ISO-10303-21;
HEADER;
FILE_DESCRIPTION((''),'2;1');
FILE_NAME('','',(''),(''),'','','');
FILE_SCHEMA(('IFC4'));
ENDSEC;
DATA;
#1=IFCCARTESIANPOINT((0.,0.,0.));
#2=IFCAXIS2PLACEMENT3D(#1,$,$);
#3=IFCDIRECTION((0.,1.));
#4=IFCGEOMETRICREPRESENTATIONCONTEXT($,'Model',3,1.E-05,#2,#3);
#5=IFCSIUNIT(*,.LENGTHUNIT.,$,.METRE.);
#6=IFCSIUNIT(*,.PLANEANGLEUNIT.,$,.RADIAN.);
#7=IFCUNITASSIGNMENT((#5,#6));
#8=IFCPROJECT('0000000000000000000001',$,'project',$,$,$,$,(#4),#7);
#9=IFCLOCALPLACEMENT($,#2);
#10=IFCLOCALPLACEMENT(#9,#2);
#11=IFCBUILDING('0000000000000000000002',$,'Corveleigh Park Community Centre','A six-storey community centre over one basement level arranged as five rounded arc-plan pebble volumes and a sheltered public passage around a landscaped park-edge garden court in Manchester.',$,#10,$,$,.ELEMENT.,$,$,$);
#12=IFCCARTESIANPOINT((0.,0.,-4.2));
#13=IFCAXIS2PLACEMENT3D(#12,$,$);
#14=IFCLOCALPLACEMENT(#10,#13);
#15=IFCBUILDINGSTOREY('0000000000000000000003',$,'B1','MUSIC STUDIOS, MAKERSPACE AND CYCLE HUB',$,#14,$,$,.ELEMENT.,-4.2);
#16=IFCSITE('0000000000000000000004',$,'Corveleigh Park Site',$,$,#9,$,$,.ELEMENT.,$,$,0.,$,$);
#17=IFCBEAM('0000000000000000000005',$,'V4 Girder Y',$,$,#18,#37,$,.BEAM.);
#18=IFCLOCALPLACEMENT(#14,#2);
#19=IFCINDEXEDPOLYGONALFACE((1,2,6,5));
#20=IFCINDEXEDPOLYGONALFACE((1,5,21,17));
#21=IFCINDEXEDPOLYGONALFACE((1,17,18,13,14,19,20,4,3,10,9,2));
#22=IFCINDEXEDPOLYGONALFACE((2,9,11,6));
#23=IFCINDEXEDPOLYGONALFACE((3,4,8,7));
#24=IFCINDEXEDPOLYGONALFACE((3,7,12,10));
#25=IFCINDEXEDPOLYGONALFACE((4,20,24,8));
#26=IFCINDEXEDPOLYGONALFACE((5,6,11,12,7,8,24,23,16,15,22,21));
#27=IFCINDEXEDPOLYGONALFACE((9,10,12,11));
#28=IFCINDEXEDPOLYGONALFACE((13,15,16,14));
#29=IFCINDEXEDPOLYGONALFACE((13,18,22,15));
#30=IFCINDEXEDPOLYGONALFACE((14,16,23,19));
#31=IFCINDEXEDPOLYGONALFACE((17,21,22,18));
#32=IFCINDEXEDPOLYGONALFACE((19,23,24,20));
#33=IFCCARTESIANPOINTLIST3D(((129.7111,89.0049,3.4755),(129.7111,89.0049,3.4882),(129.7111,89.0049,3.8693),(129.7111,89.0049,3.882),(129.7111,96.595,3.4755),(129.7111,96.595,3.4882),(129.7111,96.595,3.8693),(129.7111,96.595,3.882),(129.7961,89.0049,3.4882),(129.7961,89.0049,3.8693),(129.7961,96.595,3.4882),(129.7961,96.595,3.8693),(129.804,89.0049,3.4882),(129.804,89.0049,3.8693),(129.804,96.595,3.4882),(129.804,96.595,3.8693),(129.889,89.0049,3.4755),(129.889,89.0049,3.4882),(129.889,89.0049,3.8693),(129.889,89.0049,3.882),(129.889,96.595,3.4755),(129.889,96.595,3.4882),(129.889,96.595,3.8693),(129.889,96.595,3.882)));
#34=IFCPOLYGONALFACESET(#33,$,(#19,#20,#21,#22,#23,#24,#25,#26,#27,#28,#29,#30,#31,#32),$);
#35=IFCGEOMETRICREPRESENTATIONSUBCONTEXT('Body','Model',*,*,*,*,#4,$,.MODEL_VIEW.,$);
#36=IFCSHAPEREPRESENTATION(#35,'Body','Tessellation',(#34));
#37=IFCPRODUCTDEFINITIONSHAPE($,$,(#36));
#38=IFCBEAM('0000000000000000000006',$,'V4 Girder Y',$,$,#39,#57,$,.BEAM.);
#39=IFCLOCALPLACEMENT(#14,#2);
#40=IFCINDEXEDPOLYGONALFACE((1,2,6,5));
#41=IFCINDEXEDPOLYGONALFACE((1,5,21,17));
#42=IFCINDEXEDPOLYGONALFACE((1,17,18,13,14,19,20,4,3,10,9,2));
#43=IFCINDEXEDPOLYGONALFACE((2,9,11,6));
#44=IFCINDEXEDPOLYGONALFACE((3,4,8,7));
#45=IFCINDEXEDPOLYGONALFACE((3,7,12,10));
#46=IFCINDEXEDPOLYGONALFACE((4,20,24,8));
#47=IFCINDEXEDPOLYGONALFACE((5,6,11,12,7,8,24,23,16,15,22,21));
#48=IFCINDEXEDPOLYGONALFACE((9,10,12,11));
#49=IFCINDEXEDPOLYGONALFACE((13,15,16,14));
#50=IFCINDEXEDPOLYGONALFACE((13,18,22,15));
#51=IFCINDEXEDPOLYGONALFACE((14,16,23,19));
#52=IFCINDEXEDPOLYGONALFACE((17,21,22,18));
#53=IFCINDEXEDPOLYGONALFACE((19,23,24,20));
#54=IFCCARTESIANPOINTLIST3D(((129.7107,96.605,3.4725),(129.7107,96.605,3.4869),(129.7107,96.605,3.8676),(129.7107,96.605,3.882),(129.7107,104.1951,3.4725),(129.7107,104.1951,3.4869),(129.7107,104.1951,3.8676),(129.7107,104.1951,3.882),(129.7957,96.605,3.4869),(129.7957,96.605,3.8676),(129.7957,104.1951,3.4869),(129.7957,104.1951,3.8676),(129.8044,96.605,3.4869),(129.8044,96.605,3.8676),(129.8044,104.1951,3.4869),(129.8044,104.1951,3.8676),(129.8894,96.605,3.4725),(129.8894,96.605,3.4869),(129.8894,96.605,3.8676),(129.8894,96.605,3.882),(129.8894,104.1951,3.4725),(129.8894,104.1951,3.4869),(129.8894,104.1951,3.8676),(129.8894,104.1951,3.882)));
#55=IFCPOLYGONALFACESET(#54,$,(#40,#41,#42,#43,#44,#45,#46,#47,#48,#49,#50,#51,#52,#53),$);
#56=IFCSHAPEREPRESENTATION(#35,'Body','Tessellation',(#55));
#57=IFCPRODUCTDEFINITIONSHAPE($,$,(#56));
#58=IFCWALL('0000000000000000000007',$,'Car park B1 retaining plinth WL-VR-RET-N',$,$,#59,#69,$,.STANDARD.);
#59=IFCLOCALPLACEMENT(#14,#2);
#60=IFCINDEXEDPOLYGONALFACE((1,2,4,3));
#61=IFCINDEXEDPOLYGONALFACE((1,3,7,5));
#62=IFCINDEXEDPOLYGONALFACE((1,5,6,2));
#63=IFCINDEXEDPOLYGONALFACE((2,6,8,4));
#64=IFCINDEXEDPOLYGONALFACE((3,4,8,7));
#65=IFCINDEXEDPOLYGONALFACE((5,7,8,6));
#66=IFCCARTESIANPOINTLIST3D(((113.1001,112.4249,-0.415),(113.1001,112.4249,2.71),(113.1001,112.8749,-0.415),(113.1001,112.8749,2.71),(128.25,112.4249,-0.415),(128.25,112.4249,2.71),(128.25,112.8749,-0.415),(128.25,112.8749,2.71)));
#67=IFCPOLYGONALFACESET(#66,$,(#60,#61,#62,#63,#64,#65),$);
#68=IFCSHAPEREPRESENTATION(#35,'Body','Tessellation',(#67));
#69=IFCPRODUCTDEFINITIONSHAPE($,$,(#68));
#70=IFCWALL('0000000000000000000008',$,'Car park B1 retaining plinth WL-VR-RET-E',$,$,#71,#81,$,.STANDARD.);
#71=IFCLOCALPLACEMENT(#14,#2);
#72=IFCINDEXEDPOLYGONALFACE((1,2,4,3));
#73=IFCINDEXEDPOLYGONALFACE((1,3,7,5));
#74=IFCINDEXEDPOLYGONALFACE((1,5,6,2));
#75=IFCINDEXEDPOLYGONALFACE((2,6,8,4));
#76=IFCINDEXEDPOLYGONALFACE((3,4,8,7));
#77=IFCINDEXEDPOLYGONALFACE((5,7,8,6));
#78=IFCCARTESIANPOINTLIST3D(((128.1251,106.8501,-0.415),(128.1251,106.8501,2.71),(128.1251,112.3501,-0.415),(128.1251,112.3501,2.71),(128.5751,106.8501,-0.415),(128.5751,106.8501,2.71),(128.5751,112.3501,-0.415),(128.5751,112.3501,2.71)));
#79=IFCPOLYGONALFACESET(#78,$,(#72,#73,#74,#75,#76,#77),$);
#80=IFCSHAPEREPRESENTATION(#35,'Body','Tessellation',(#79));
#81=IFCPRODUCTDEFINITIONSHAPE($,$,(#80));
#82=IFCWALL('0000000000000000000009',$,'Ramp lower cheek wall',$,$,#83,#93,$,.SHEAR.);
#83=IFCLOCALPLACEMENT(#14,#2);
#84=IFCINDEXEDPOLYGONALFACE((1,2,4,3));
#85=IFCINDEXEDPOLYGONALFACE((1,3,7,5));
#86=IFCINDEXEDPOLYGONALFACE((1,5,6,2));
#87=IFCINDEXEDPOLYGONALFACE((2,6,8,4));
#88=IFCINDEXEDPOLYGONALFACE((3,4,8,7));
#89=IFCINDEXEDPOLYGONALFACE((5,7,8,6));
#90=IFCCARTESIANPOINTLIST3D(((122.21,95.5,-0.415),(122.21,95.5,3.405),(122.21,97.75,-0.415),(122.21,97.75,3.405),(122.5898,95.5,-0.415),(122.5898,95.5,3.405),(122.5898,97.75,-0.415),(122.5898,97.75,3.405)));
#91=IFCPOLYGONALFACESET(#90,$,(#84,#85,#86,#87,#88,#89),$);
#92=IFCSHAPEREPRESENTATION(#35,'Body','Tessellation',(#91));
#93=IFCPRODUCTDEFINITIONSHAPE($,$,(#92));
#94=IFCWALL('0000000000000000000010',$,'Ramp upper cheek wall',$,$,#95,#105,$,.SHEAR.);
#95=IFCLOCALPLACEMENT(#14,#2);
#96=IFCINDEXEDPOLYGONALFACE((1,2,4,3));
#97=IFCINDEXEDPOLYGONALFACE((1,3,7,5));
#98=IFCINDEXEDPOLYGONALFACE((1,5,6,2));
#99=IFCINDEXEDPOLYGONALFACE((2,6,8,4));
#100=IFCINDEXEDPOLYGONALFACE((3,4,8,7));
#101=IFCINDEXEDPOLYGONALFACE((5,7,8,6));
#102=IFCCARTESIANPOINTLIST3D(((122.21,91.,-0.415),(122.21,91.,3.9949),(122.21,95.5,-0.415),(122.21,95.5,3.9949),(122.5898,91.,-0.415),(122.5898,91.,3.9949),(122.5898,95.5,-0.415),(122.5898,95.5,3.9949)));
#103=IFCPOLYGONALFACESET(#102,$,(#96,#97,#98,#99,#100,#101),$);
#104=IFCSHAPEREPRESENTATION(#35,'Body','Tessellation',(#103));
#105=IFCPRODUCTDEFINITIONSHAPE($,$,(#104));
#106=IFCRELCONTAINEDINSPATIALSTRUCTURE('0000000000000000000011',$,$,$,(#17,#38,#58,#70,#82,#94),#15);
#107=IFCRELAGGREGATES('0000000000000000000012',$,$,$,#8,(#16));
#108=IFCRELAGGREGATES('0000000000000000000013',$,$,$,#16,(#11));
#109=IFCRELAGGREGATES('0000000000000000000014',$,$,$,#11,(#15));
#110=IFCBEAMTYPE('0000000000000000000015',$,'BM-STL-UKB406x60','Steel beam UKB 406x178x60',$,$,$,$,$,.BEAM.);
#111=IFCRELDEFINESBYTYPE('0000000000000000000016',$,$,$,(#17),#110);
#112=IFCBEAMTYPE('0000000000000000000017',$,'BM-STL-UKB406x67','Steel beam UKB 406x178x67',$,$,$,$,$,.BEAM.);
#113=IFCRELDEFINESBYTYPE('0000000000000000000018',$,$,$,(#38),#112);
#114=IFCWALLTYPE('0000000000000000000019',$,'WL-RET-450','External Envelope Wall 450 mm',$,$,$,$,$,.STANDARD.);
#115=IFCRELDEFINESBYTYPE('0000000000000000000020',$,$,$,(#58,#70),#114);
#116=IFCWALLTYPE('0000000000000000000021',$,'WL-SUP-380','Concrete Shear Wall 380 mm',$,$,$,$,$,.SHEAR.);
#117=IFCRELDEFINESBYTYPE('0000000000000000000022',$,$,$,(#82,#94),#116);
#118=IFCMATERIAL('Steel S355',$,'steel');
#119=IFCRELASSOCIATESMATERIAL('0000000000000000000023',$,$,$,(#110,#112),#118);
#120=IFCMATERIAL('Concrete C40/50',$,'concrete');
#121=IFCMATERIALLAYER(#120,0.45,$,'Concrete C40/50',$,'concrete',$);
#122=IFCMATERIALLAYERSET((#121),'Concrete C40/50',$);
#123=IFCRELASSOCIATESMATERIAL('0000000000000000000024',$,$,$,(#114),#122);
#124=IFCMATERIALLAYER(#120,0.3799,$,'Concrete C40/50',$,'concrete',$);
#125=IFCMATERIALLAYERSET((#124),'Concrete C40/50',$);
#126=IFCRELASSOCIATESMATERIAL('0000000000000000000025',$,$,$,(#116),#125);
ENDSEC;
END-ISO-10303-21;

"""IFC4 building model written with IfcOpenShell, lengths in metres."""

from ifc_helpers import new_model, si_unit, direction, frame, frame_2d, origin, origin_2d, place, context, subcontext, project, spatial, rectangle, i_section, extrude, material, layer, layer_set, material_profile, profile_set, type_object, element, save


model = new_model("IFC4")

# Units and contexts
model_context = context("Model", 3, precision=1e-05, world=origin(), true_north=direction((0.0, 1.0)))
body_context = subcontext(model_context, "Body", "Model", "MODEL_VIEW")
ifc_project = project(units=[si_unit("LENGTHUNIT", "METRE"), si_unit("PLANEANGLEUNIT", "RADIAN")], contexts=[model_context])

# Site, building, storey
site_placement = place(None, origin())
site = spatial("IfcSite", under=ifc_project, at=site_placement, Name="Corveleigh Park Site", CompositionType="ELEMENT", RefElevation=0.0)
building_placement = place(site_placement, origin())
building = spatial("IfcBuilding", under=site, at=building_placement, Name="Corveleigh Park Community Centre", Description="A six-storey community centre over one basement level arranged as five rounded arc-plan pebble volumes and a sheltered public passage around a landscaped park-edge garden court in Manchester.", CompositionType="ELEMENT")
storey_placement = place(building_placement, frame((0.0, 0.0, -4.2)))
storey = spatial("IfcBuildingStorey", under=building, at=storey_placement, Name="B1", Description="MUSIC STUDIOS, MAKERSPACE AND CYCLE HUB", CompositionType="ELEMENT", Elevation=-4.2)

# Shared definitions
ifc_material_1 = material(Name="Concrete C40/50", Category="concrete")

# Shared definitions
ifc_material_2 = material(Name="Steel S355", Category="steel")

# Beams
ifc_material_profile_1 = material_profile(ifc_material_2, i_section(OverallWidth=0.178, OverallDepth=0.4065, WebThickness=0.0078, FlangeThickness=0.0127, at=origin_2d()), Name="UKB 406x178x60", Category="steel")
ifc_profile_set_1 = profile_set([ifc_material_profile_1], Name="Steel S355")
beam_type_1 = type_object("IfcBeamType", Name="BM-STL-UKB406x60", Description="Steel beam UKB 406x178x60", PredefinedType="BEAM", material=ifc_profile_set_1)
beam_1_placement = place(storey_placement, frame((129.8, 89.0049, 3.6787), z_axis=(0.0, 1.0, 0.0), x_axis=(-1.0, 0.0, 0.0)))
element("IfcBeam", 1, at=beam_1_placement, inside=storey, type_object=beam_type_1, Name="V4 Girder Y", PredefinedType="BEAM", context=body_context, shape_type="SweptSolid", body=[
    extrude(i_section(OverallWidth=0.178, OverallDepth=0.4065, WebThickness=0.0078, FlangeThickness=0.0127, at=origin_2d()), origin(), (0.0, 0.0, 1.0), 7.5901),
])
ifc_material_profile_2 = material_profile(ifc_material_2, i_section(OverallWidth=0.1787, OverallDepth=0.4094, WebThickness=0.0088, FlangeThickness=0.0144, at=origin_2d()), Name="UKB 406x178x67", Category="steel")
ifc_profile_set_2 = profile_set([ifc_material_profile_2], Name="Steel S355")
beam_type_2 = type_object("IfcBeamType", Name="BM-STL-UKB406x67", Description="Steel beam UKB 406x178x67", PredefinedType="BEAM", material=ifc_profile_set_2)
beam_2_placement = place(storey_placement, frame((129.8, 96.605, 3.6772), z_axis=(0.0, 1.0, 0.0), x_axis=(-1.0, 0.0, 0.0)))
element("IfcBeam", 2, at=beam_2_placement, inside=storey, type_object=beam_type_2, Name="V4 Girder Y", PredefinedType="BEAM", context=body_context, shape_type="SweptSolid", body=[
    extrude(i_section(OverallWidth=0.1787, OverallDepth=0.4094, WebThickness=0.0088, FlangeThickness=0.0144, at=origin_2d()), origin(), (0.0, 0.0, 1.0), 7.5901),
])

# Walls
ifc_layer_1 = layer(ifc_material_1, 0.45, Name="Concrete C40/50", Category="concrete")
ifc_layer_set_1 = layer_set([ifc_layer_1], Name="Concrete C40/50")
wall_type_1 = type_object("IfcWallType", Name="WL-RET-450", Description="External Envelope Wall 450 mm", PredefinedType="STANDARD", material=ifc_layer_set_1)
wall_1_placement = place(storey_placement, frame((128.25, 112.6499, -0.415), z_axis=(0.0, 0.0, 1.0), x_axis=(-1.0, 0.0, 0.0)))
element("IfcWall", 3, at=wall_1_placement, inside=storey, type_object=wall_type_1, Name="Car park B1 retaining plinth WL-VR-RET-N", PredefinedType="STANDARD", context=body_context, shape_type="SweptSolid", body=[
    extrude(rectangle(XDim=15.1499, YDim=0.45, at=frame_2d((7.575, 0.0))), origin(), (0.0, 0.0, 1.0), 3.125),
])
wall_2_placement = place(storey_placement, frame((128.3501, 106.8501, -0.415), z_axis=(0.0, 0.0, 1.0), x_axis=(0.0, 1.0, 0.0)))
element("IfcWall", 4, at=wall_2_placement, inside=storey, type_object=wall_type_1, Name="Car park B1 retaining plinth WL-VR-RET-E", PredefinedType="STANDARD", context=body_context, shape_type="SweptSolid", body=[
    extrude(rectangle(XDim=5.5, YDim=0.45, at=frame_2d((2.75, 0.0))), origin(), (0.0, 0.0, 1.0), 3.125),
])
ifc_layer_2 = layer(ifc_material_1, 0.3799, Name="Concrete C40/50", Category="concrete")
ifc_layer_set_2 = layer_set([ifc_layer_2], Name="Concrete C40/50")
wall_type_2 = type_object("IfcWallType", Name="WL-SUP-380", Description="Concrete Shear Wall 380 mm", PredefinedType="SHEAR", material=ifc_layer_set_2)
wall_3_placement = place(storey_placement, frame((122.3999, 97.75, -0.415), z_axis=(0.0, 0.0, 1.0), x_axis=(0.0, -1.0, 0.0)))
element("IfcWall", 5, at=wall_3_placement, inside=storey, type_object=wall_type_2, Name="Ramp lower cheek wall", PredefinedType="SHEAR", context=body_context, shape_type="SweptSolid", body=[
    extrude(rectangle(XDim=2.25, YDim=0.3799, at=frame_2d((1.125, 0.0))), origin(), (0.0, 0.0, 1.0), 3.8201),
])
wall_4_placement = place(storey_placement, frame((122.3999, 95.5, -0.415), z_axis=(0.0, 0.0, 1.0), x_axis=(0.0, -1.0, 0.0)))
element("IfcWall", 6, at=wall_4_placement, inside=storey, type_object=wall_type_2, Name="Ramp upper cheek wall", PredefinedType="SHEAR", context=body_context, shape_type="SweptSolid", body=[
    extrude(rectangle(XDim=4.5, YDim=0.3799, at=frame_2d((2.25, 0.0))), origin(), (0.0, 0.0, 1.0), 4.4099),
])

save(model, "model.ifc")
